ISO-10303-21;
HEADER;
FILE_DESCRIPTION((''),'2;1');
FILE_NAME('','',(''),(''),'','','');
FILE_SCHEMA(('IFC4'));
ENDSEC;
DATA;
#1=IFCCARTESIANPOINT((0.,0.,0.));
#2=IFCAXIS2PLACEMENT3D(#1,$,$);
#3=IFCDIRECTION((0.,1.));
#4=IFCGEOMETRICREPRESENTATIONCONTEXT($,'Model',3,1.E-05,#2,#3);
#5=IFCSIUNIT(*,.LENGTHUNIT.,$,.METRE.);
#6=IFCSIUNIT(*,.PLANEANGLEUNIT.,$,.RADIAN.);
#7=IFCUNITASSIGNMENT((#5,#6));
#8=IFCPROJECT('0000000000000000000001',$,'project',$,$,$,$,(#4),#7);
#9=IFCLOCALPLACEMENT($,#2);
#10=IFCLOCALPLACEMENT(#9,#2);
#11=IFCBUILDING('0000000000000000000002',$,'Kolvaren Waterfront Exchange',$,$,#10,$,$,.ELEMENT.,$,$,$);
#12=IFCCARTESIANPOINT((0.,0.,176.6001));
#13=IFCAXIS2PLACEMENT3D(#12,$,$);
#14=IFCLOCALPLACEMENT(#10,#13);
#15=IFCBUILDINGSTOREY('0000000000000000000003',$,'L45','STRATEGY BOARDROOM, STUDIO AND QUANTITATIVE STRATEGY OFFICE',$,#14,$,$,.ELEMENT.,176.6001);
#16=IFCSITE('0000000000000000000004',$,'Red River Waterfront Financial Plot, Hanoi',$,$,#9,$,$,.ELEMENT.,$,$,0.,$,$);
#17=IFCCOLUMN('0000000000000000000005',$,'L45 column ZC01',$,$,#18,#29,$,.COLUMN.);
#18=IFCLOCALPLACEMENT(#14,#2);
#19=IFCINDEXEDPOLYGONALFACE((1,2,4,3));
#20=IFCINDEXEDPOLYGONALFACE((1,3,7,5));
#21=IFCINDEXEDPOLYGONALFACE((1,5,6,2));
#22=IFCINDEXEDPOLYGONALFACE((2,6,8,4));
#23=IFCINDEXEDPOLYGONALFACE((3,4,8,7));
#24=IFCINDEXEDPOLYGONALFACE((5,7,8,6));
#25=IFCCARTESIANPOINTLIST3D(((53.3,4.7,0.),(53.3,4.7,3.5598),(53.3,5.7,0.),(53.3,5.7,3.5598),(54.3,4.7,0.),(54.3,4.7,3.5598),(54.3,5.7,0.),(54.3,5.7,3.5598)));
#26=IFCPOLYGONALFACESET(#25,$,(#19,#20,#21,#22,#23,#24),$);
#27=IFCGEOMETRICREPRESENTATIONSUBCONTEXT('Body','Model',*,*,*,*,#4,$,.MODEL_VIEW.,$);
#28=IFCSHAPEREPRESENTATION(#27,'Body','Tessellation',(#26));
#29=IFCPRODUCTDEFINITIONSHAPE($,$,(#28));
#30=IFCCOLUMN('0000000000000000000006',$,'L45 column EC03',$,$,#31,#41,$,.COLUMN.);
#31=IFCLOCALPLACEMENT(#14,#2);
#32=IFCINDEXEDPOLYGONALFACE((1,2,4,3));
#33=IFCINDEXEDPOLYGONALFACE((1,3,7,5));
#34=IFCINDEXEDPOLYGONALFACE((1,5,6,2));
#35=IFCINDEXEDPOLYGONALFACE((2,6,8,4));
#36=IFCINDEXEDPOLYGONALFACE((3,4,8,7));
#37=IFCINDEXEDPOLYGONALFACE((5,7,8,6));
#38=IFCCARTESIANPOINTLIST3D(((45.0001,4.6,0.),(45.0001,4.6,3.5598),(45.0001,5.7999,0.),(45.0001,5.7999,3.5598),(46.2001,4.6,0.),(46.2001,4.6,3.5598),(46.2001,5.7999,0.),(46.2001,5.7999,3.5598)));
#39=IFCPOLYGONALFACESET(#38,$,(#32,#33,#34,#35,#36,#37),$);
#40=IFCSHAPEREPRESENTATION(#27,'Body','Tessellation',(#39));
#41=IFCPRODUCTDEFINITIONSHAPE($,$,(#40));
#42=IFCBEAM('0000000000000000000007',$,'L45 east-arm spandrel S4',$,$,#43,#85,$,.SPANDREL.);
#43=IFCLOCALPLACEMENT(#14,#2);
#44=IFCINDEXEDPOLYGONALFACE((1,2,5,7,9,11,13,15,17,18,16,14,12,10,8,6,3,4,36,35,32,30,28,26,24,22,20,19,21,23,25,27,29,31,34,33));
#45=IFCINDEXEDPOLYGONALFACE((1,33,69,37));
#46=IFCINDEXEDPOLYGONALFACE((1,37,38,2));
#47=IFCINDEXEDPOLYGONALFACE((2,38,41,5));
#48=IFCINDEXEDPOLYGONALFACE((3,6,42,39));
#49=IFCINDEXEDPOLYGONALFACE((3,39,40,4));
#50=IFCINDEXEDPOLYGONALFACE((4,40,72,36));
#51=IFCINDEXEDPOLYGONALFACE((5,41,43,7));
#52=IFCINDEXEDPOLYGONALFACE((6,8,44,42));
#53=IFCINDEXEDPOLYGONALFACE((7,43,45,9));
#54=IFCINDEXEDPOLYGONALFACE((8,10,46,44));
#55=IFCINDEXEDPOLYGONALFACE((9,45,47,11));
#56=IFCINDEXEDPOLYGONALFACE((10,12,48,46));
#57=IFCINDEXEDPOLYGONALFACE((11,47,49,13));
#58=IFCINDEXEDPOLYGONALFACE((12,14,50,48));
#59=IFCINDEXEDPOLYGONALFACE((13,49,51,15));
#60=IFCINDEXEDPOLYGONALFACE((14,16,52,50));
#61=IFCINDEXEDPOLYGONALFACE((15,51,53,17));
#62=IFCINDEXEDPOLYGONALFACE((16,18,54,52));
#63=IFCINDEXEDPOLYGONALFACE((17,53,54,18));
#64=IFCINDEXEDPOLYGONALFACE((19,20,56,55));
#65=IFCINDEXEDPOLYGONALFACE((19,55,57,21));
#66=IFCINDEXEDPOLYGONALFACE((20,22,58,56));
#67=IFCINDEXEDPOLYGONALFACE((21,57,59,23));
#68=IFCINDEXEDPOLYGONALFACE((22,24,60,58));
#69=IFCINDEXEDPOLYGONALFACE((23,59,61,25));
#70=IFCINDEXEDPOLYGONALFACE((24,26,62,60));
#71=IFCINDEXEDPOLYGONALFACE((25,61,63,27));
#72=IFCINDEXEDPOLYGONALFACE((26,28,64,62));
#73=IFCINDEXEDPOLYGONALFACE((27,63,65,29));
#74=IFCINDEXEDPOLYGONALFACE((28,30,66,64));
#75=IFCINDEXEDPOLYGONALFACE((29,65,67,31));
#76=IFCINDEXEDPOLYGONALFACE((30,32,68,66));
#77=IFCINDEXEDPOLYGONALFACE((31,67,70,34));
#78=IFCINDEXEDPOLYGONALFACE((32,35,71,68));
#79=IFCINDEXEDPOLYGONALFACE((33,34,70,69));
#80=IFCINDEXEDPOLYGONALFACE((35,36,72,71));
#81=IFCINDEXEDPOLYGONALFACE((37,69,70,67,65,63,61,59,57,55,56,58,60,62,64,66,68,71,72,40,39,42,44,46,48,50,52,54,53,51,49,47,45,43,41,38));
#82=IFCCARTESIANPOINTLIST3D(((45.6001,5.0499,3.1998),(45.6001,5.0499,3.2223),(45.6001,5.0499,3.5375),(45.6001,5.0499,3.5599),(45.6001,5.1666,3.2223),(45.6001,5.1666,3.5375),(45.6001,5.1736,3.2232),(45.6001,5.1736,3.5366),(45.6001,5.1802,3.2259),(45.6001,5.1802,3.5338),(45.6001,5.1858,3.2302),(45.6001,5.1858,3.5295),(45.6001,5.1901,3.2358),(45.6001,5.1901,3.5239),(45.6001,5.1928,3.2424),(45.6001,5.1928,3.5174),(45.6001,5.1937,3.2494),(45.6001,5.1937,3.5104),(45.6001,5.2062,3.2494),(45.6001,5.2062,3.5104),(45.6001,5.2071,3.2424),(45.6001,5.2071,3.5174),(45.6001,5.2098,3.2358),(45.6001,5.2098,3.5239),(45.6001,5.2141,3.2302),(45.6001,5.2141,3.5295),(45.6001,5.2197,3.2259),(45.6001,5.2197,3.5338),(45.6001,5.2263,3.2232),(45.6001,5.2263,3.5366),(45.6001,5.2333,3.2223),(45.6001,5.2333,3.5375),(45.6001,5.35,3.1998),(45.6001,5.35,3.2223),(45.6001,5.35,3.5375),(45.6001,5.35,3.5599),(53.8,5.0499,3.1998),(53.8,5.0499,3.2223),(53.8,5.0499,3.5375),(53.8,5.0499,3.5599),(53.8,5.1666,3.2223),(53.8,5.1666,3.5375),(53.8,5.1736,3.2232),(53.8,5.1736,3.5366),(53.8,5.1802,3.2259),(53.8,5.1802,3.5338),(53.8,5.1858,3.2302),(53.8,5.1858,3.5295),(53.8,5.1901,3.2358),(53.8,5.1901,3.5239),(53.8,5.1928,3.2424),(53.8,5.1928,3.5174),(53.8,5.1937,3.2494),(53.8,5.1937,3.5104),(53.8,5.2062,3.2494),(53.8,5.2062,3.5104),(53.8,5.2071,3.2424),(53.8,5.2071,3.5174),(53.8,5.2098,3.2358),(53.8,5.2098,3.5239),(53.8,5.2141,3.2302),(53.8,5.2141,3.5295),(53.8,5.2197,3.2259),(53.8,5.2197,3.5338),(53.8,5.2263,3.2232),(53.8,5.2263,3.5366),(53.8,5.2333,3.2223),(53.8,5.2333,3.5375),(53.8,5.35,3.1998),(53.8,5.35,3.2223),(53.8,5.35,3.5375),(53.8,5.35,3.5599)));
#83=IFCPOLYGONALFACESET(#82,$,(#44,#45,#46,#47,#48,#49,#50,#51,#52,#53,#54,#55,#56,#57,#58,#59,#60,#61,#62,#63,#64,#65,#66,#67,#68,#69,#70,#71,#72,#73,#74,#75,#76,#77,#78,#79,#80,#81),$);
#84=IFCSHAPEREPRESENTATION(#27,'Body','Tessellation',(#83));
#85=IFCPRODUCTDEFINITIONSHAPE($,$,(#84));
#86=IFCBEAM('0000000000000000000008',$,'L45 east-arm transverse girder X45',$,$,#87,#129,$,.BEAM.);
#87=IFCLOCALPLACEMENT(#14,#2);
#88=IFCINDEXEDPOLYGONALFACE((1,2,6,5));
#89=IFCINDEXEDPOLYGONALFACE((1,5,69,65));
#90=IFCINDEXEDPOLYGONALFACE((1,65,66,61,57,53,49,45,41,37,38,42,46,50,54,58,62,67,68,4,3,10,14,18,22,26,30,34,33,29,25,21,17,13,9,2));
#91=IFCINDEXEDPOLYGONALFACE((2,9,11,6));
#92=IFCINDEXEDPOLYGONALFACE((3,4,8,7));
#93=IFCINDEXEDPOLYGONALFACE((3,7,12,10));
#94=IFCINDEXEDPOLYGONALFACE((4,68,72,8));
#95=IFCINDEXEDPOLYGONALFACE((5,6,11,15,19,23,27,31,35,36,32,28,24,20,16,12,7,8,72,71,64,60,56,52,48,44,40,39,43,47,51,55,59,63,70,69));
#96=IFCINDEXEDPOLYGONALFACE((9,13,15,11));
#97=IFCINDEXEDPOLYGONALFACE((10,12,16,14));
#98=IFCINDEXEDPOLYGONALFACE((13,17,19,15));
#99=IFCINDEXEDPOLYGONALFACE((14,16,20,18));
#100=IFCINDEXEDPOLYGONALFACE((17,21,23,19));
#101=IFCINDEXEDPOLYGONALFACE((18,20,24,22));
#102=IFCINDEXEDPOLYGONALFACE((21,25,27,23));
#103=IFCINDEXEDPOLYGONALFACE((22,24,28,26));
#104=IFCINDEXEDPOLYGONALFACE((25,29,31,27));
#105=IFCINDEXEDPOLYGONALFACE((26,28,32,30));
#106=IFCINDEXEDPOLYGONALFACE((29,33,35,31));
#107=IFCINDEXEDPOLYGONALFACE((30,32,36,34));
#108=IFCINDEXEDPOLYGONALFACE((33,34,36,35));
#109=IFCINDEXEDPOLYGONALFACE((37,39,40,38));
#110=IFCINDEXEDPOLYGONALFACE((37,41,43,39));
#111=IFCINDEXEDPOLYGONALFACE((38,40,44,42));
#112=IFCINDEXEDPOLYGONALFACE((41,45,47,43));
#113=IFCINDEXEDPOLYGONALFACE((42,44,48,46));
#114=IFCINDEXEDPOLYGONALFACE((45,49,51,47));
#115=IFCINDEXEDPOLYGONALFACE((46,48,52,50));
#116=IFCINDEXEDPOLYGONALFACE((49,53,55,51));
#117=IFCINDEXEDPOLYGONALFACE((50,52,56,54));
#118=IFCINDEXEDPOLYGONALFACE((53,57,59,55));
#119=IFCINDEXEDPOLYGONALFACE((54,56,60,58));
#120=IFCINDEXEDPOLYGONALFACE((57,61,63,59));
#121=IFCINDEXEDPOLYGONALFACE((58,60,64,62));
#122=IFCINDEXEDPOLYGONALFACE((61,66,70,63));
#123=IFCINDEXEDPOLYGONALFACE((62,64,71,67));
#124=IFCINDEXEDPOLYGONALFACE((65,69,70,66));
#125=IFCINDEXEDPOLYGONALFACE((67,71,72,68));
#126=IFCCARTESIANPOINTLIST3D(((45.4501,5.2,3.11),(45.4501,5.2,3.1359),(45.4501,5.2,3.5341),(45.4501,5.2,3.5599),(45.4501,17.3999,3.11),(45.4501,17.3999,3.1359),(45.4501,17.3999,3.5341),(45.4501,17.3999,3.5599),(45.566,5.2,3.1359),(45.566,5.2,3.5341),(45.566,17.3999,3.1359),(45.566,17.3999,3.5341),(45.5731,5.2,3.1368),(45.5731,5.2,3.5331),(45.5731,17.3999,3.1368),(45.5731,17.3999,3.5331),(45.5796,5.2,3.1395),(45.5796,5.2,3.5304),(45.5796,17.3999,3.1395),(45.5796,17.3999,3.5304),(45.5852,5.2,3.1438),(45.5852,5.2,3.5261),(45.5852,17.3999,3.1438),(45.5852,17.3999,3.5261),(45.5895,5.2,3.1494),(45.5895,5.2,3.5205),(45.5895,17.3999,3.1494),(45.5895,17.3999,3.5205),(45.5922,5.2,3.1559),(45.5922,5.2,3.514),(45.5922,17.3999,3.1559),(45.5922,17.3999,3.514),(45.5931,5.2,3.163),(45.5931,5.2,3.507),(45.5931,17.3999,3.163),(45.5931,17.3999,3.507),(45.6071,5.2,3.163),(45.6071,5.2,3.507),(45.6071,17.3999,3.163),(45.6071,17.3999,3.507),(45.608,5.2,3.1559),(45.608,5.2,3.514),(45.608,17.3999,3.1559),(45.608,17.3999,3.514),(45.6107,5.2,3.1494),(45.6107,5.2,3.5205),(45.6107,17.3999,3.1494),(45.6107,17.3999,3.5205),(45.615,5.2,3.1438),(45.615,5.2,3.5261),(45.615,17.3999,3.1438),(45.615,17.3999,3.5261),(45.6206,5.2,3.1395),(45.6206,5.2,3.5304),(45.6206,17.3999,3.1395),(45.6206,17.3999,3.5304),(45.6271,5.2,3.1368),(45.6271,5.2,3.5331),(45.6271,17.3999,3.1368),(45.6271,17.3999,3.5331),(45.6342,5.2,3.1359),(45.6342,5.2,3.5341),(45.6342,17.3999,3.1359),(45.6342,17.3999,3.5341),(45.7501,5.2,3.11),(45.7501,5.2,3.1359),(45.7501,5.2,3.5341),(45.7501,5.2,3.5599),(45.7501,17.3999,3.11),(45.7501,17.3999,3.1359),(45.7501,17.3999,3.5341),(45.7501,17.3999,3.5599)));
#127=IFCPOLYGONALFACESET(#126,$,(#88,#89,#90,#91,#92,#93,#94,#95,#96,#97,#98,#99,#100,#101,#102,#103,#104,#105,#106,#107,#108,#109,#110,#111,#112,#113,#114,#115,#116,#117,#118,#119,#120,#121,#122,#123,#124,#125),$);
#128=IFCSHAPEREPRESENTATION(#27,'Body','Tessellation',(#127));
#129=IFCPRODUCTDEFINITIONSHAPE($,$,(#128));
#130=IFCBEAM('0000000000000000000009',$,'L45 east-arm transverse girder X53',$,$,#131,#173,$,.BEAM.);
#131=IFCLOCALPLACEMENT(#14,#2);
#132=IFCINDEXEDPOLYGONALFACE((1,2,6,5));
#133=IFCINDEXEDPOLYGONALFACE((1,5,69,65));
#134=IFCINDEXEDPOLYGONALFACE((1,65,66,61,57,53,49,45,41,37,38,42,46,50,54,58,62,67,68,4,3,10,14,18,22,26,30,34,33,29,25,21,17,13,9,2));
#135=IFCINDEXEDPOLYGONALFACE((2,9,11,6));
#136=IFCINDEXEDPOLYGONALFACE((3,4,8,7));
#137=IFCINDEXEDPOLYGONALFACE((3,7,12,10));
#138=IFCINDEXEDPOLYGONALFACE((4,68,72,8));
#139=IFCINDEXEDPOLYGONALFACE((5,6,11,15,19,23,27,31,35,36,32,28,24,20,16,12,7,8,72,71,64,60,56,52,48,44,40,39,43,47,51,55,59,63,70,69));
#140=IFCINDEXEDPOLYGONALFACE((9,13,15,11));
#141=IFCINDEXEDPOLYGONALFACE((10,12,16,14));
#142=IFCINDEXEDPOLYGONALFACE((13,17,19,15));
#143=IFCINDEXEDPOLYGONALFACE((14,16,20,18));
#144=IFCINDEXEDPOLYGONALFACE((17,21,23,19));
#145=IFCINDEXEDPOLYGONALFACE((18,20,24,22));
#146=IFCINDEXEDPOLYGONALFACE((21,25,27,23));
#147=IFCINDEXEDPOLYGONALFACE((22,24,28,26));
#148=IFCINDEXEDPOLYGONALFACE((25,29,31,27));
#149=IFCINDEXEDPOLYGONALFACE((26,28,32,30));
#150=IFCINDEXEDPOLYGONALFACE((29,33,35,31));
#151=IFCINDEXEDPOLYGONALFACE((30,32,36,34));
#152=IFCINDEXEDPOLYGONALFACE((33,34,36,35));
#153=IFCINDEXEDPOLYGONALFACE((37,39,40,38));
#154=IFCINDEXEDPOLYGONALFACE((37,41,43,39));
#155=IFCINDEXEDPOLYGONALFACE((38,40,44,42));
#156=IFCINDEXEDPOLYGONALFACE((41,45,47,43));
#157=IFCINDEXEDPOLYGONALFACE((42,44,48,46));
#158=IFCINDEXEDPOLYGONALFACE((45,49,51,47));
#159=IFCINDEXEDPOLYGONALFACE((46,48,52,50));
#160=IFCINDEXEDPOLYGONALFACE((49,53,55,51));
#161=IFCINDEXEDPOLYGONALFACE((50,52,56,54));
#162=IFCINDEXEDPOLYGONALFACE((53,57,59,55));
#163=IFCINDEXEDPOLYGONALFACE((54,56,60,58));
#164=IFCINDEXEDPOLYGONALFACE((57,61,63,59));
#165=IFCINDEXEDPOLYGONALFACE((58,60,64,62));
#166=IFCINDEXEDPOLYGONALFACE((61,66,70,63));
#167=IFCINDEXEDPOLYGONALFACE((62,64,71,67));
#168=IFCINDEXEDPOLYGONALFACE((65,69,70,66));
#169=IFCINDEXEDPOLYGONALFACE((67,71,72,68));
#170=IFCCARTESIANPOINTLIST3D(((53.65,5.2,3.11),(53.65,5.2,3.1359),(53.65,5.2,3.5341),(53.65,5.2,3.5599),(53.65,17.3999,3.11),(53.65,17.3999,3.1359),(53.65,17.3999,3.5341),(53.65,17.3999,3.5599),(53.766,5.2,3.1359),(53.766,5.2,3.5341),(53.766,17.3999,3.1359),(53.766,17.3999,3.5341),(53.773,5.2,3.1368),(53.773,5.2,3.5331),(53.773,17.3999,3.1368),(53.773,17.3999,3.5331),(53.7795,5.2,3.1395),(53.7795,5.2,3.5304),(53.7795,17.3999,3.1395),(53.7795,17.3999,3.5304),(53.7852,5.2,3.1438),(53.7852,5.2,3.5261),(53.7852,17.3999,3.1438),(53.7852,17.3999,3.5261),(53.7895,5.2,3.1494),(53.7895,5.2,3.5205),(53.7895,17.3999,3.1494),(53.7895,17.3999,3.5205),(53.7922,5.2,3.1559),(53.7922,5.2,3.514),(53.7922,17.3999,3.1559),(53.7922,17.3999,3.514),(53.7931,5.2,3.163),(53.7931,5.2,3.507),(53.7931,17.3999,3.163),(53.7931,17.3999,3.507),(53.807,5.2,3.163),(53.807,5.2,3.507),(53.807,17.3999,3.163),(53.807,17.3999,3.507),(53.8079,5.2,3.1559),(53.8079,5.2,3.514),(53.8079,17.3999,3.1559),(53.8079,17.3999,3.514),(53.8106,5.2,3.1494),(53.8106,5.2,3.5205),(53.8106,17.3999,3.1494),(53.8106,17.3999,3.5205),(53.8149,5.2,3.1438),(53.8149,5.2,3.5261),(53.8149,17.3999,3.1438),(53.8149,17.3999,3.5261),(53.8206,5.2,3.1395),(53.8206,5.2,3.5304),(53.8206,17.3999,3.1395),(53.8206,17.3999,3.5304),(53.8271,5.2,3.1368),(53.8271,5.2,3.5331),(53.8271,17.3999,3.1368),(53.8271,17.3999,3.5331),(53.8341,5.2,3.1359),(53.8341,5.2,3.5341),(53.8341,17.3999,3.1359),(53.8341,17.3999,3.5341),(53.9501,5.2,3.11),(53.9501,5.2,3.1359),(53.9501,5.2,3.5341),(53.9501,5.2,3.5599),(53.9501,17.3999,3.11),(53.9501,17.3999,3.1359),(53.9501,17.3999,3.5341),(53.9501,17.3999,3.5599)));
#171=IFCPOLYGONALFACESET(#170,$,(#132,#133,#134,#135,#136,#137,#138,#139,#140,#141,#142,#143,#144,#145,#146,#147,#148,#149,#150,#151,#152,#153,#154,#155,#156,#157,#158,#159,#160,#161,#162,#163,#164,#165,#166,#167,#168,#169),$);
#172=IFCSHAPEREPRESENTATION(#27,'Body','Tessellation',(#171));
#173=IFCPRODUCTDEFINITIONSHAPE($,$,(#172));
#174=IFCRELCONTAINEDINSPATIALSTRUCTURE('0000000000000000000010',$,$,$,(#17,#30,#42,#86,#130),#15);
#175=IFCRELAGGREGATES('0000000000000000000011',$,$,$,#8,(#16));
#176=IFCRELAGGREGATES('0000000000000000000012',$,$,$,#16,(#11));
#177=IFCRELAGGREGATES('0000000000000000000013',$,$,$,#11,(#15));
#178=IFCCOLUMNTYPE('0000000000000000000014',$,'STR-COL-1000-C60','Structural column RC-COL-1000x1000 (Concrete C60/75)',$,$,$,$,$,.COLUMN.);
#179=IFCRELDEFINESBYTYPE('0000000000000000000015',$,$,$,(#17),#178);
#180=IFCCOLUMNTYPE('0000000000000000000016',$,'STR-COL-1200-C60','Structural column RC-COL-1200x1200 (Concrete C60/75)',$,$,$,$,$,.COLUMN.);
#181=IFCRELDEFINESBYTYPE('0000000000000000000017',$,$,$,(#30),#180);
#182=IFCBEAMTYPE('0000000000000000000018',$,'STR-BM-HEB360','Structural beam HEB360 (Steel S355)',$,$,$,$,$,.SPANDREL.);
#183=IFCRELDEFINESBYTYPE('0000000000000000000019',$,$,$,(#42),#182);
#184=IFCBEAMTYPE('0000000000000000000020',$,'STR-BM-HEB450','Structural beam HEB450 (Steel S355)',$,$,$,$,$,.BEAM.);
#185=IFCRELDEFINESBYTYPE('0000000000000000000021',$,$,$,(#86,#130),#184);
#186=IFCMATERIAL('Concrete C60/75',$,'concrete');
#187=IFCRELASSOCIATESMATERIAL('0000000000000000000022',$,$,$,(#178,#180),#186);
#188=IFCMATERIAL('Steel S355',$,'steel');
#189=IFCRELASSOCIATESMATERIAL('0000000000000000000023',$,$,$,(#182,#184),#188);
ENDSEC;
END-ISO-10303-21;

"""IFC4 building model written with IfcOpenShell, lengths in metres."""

from ifc_helpers import new_model, si_unit, direction, frame, origin, origin_2d, place, context, subcontext, project, spatial, rectangle, i_section, extrude, material, material_profile, profile_set, type_object, element, save


model = new_model("IFC4")

# Units and contexts
model_context = context("Model", 3, precision=1e-05, world=origin(), true_north=direction((0.0, 1.0)))
body_context = subcontext(model_context, "Body", "Model", "MODEL_VIEW")
ifc_project = project(units=[si_unit("LENGTHUNIT", "METRE"), si_unit("PLANEANGLEUNIT", "RADIAN")], contexts=[model_context])

# Site, building, storey
site_placement = place(None, origin())
site = spatial("IfcSite", under=ifc_project, at=site_placement, Name="Red River Waterfront Financial Plot, Hanoi", CompositionType="ELEMENT", RefElevation=0.0)
building_placement = place(site_placement, origin())
building = spatial("IfcBuilding", under=site, at=building_placement, Name="Kolvaren Waterfront Exchange", CompositionType="ELEMENT")
storey_placement = place(building_placement, frame((0.0, 0.0, 176.6001)))
storey = spatial("IfcBuildingStorey", under=building, at=storey_placement, Name="L45", Description="STRATEGY BOARDROOM, STUDIO AND QUANTITATIVE STRATEGY OFFICE", CompositionType="ELEMENT", Elevation=176.6001)

# Columns
ifc_material_1 = material(Name="Concrete C60/75", Category="concrete")
ifc_material_profile_1 = material_profile(ifc_material_1, rectangle(XDim=1.0, YDim=1.0, at=origin_2d()), Name="RC-COL-1000x1000")
ifc_profile_set_1 = profile_set([ifc_material_profile_1], Name="Concrete C60/75")
column_type_1 = type_object("IfcColumnType", Name="STR-COL-1000-C60", Description="Structural column RC-COL-1000x1000 (Concrete C60/75)", PredefinedType="COLUMN", material=ifc_profile_set_1)
column_1_placement = place(storey_placement, frame((53.8, 5.2, 0.0), z_axis=(0.0, 0.0, 1.0), x_axis=(1.0, 0.0, 0.0)))
element("IfcColumn", 1, at=column_1_placement, inside=storey, type_object=column_type_1, Name="L45 column ZC01", PredefinedType="COLUMN", context=body_context, shape_type="SweptSolid", body=[
    extrude(rectangle(XDim=1.0, YDim=1.0, at=origin_2d()), origin(), (0.0, 0.0, 1.0), 3.5598),
])
ifc_material_profile_2 = material_profile(ifc_material_1, rectangle(XDim=1.2, YDim=1.2, at=origin_2d()), Name="RC-COL-1200x1200")
ifc_profile_set_2 = profile_set([ifc_material_profile_2], Name="Concrete C60/75")
column_type_2 = type_object("IfcColumnType", Name="STR-COL-1200-C60", Description="Structural column RC-COL-1200x1200 (Concrete C60/75)", PredefinedType="COLUMN", material=ifc_profile_set_2)
column_2_placement = place(storey_placement, frame((45.6001, 5.2, 0.0), z_axis=(0.0, 0.0, 1.0), x_axis=(1.0, 0.0, 0.0)))
element("IfcColumn", 2, at=column_2_placement, inside=storey, type_object=column_type_2, Name="L45 column EC03", PredefinedType="COLUMN", context=body_context, shape_type="SweptSolid", body=[
    extrude(rectangle(XDim=1.2, YDim=1.2, at=origin_2d()), origin(), (0.0, 0.0, 1.0), 3.5598),
])

# Beams
ifc_material_2 = material(Name="Steel S355", Category="steel")
ifc_material_profile_3 = material_profile(ifc_material_2, i_section(OverallWidth=0.3, OverallDepth=0.3601, WebThickness=0.0125, FlangeThickness=0.0225, FilletRadius=0.0271, at=origin_2d()), Name="HEB360")
ifc_profile_set_3 = profile_set([ifc_material_profile_3], Name="Steel S355")
beam_type_1 = type_object("IfcBeamType", Name="STR-BM-HEB360", Description="Structural beam HEB360 (Steel S355)", PredefinedType="SPANDREL", material=ifc_profile_set_3)
beam_1_placement = place(storey_placement, frame((45.6001, 5.2, 3.3799), z_axis=(1.0, 0.0, 0.0), x_axis=(0.0, 1.0, 0.0)))
element("IfcBeam", 3, at=beam_1_placement, inside=storey, type_object=beam_type_1, Name="L45 east-arm spandrel S4", PredefinedType="SPANDREL", context=body_context, shape_type="SweptSolid", body=[
    extrude(i_section(OverallWidth=0.3, OverallDepth=0.3601, WebThickness=0.0125, FlangeThickness=0.0225, FilletRadius=0.0271, at=origin_2d()), origin(), (0.0, 0.0, 1.0), 8.2),
])
ifc_material_profile_4 = material_profile(ifc_material_2, i_section(OverallWidth=0.3, OverallDepth=0.45, WebThickness=0.0139, FlangeThickness=0.0259, FilletRadius=0.0271, at=origin_2d()), Name="HEB450")
ifc_profile_set_4 = profile_set([ifc_material_profile_4], Name="Steel S355")
beam_type_2 = type_object("IfcBeamType", Name="STR-BM-HEB450", Description="Structural beam HEB450 (Steel S355)", PredefinedType="BEAM", material=ifc_profile_set_4)
for number, where, z_axis, x_axis, name in (
    (4, (45.6001, 5.2, 3.335), (0.0, 1.0, 0.0), (-1.0, 0.0, 0.0), "L45 east-arm transverse girder X45"),
    (5, (53.8, 5.2, 3.335), (0.0, 1.0, 0.0), (-1.0, 0.0, 0.0), "L45 east-arm transverse girder X53"),
):
    element("IfcBeam", number, at=place(storey_placement, frame(where, z_axis=z_axis, x_axis=x_axis)), inside=storey, type_object=beam_type_2, Name=name, PredefinedType="BEAM", context=body_context, shape_type="SweptSolid", body=[
        extrude(i_section(OverallWidth=0.3, OverallDepth=0.45, WebThickness=0.0139, FlangeThickness=0.0259, FilletRadius=0.0271, at=origin_2d()), origin(), (0.0, 0.0, 1.0), 12.2),
    ])

save(model, "model.ifc")
